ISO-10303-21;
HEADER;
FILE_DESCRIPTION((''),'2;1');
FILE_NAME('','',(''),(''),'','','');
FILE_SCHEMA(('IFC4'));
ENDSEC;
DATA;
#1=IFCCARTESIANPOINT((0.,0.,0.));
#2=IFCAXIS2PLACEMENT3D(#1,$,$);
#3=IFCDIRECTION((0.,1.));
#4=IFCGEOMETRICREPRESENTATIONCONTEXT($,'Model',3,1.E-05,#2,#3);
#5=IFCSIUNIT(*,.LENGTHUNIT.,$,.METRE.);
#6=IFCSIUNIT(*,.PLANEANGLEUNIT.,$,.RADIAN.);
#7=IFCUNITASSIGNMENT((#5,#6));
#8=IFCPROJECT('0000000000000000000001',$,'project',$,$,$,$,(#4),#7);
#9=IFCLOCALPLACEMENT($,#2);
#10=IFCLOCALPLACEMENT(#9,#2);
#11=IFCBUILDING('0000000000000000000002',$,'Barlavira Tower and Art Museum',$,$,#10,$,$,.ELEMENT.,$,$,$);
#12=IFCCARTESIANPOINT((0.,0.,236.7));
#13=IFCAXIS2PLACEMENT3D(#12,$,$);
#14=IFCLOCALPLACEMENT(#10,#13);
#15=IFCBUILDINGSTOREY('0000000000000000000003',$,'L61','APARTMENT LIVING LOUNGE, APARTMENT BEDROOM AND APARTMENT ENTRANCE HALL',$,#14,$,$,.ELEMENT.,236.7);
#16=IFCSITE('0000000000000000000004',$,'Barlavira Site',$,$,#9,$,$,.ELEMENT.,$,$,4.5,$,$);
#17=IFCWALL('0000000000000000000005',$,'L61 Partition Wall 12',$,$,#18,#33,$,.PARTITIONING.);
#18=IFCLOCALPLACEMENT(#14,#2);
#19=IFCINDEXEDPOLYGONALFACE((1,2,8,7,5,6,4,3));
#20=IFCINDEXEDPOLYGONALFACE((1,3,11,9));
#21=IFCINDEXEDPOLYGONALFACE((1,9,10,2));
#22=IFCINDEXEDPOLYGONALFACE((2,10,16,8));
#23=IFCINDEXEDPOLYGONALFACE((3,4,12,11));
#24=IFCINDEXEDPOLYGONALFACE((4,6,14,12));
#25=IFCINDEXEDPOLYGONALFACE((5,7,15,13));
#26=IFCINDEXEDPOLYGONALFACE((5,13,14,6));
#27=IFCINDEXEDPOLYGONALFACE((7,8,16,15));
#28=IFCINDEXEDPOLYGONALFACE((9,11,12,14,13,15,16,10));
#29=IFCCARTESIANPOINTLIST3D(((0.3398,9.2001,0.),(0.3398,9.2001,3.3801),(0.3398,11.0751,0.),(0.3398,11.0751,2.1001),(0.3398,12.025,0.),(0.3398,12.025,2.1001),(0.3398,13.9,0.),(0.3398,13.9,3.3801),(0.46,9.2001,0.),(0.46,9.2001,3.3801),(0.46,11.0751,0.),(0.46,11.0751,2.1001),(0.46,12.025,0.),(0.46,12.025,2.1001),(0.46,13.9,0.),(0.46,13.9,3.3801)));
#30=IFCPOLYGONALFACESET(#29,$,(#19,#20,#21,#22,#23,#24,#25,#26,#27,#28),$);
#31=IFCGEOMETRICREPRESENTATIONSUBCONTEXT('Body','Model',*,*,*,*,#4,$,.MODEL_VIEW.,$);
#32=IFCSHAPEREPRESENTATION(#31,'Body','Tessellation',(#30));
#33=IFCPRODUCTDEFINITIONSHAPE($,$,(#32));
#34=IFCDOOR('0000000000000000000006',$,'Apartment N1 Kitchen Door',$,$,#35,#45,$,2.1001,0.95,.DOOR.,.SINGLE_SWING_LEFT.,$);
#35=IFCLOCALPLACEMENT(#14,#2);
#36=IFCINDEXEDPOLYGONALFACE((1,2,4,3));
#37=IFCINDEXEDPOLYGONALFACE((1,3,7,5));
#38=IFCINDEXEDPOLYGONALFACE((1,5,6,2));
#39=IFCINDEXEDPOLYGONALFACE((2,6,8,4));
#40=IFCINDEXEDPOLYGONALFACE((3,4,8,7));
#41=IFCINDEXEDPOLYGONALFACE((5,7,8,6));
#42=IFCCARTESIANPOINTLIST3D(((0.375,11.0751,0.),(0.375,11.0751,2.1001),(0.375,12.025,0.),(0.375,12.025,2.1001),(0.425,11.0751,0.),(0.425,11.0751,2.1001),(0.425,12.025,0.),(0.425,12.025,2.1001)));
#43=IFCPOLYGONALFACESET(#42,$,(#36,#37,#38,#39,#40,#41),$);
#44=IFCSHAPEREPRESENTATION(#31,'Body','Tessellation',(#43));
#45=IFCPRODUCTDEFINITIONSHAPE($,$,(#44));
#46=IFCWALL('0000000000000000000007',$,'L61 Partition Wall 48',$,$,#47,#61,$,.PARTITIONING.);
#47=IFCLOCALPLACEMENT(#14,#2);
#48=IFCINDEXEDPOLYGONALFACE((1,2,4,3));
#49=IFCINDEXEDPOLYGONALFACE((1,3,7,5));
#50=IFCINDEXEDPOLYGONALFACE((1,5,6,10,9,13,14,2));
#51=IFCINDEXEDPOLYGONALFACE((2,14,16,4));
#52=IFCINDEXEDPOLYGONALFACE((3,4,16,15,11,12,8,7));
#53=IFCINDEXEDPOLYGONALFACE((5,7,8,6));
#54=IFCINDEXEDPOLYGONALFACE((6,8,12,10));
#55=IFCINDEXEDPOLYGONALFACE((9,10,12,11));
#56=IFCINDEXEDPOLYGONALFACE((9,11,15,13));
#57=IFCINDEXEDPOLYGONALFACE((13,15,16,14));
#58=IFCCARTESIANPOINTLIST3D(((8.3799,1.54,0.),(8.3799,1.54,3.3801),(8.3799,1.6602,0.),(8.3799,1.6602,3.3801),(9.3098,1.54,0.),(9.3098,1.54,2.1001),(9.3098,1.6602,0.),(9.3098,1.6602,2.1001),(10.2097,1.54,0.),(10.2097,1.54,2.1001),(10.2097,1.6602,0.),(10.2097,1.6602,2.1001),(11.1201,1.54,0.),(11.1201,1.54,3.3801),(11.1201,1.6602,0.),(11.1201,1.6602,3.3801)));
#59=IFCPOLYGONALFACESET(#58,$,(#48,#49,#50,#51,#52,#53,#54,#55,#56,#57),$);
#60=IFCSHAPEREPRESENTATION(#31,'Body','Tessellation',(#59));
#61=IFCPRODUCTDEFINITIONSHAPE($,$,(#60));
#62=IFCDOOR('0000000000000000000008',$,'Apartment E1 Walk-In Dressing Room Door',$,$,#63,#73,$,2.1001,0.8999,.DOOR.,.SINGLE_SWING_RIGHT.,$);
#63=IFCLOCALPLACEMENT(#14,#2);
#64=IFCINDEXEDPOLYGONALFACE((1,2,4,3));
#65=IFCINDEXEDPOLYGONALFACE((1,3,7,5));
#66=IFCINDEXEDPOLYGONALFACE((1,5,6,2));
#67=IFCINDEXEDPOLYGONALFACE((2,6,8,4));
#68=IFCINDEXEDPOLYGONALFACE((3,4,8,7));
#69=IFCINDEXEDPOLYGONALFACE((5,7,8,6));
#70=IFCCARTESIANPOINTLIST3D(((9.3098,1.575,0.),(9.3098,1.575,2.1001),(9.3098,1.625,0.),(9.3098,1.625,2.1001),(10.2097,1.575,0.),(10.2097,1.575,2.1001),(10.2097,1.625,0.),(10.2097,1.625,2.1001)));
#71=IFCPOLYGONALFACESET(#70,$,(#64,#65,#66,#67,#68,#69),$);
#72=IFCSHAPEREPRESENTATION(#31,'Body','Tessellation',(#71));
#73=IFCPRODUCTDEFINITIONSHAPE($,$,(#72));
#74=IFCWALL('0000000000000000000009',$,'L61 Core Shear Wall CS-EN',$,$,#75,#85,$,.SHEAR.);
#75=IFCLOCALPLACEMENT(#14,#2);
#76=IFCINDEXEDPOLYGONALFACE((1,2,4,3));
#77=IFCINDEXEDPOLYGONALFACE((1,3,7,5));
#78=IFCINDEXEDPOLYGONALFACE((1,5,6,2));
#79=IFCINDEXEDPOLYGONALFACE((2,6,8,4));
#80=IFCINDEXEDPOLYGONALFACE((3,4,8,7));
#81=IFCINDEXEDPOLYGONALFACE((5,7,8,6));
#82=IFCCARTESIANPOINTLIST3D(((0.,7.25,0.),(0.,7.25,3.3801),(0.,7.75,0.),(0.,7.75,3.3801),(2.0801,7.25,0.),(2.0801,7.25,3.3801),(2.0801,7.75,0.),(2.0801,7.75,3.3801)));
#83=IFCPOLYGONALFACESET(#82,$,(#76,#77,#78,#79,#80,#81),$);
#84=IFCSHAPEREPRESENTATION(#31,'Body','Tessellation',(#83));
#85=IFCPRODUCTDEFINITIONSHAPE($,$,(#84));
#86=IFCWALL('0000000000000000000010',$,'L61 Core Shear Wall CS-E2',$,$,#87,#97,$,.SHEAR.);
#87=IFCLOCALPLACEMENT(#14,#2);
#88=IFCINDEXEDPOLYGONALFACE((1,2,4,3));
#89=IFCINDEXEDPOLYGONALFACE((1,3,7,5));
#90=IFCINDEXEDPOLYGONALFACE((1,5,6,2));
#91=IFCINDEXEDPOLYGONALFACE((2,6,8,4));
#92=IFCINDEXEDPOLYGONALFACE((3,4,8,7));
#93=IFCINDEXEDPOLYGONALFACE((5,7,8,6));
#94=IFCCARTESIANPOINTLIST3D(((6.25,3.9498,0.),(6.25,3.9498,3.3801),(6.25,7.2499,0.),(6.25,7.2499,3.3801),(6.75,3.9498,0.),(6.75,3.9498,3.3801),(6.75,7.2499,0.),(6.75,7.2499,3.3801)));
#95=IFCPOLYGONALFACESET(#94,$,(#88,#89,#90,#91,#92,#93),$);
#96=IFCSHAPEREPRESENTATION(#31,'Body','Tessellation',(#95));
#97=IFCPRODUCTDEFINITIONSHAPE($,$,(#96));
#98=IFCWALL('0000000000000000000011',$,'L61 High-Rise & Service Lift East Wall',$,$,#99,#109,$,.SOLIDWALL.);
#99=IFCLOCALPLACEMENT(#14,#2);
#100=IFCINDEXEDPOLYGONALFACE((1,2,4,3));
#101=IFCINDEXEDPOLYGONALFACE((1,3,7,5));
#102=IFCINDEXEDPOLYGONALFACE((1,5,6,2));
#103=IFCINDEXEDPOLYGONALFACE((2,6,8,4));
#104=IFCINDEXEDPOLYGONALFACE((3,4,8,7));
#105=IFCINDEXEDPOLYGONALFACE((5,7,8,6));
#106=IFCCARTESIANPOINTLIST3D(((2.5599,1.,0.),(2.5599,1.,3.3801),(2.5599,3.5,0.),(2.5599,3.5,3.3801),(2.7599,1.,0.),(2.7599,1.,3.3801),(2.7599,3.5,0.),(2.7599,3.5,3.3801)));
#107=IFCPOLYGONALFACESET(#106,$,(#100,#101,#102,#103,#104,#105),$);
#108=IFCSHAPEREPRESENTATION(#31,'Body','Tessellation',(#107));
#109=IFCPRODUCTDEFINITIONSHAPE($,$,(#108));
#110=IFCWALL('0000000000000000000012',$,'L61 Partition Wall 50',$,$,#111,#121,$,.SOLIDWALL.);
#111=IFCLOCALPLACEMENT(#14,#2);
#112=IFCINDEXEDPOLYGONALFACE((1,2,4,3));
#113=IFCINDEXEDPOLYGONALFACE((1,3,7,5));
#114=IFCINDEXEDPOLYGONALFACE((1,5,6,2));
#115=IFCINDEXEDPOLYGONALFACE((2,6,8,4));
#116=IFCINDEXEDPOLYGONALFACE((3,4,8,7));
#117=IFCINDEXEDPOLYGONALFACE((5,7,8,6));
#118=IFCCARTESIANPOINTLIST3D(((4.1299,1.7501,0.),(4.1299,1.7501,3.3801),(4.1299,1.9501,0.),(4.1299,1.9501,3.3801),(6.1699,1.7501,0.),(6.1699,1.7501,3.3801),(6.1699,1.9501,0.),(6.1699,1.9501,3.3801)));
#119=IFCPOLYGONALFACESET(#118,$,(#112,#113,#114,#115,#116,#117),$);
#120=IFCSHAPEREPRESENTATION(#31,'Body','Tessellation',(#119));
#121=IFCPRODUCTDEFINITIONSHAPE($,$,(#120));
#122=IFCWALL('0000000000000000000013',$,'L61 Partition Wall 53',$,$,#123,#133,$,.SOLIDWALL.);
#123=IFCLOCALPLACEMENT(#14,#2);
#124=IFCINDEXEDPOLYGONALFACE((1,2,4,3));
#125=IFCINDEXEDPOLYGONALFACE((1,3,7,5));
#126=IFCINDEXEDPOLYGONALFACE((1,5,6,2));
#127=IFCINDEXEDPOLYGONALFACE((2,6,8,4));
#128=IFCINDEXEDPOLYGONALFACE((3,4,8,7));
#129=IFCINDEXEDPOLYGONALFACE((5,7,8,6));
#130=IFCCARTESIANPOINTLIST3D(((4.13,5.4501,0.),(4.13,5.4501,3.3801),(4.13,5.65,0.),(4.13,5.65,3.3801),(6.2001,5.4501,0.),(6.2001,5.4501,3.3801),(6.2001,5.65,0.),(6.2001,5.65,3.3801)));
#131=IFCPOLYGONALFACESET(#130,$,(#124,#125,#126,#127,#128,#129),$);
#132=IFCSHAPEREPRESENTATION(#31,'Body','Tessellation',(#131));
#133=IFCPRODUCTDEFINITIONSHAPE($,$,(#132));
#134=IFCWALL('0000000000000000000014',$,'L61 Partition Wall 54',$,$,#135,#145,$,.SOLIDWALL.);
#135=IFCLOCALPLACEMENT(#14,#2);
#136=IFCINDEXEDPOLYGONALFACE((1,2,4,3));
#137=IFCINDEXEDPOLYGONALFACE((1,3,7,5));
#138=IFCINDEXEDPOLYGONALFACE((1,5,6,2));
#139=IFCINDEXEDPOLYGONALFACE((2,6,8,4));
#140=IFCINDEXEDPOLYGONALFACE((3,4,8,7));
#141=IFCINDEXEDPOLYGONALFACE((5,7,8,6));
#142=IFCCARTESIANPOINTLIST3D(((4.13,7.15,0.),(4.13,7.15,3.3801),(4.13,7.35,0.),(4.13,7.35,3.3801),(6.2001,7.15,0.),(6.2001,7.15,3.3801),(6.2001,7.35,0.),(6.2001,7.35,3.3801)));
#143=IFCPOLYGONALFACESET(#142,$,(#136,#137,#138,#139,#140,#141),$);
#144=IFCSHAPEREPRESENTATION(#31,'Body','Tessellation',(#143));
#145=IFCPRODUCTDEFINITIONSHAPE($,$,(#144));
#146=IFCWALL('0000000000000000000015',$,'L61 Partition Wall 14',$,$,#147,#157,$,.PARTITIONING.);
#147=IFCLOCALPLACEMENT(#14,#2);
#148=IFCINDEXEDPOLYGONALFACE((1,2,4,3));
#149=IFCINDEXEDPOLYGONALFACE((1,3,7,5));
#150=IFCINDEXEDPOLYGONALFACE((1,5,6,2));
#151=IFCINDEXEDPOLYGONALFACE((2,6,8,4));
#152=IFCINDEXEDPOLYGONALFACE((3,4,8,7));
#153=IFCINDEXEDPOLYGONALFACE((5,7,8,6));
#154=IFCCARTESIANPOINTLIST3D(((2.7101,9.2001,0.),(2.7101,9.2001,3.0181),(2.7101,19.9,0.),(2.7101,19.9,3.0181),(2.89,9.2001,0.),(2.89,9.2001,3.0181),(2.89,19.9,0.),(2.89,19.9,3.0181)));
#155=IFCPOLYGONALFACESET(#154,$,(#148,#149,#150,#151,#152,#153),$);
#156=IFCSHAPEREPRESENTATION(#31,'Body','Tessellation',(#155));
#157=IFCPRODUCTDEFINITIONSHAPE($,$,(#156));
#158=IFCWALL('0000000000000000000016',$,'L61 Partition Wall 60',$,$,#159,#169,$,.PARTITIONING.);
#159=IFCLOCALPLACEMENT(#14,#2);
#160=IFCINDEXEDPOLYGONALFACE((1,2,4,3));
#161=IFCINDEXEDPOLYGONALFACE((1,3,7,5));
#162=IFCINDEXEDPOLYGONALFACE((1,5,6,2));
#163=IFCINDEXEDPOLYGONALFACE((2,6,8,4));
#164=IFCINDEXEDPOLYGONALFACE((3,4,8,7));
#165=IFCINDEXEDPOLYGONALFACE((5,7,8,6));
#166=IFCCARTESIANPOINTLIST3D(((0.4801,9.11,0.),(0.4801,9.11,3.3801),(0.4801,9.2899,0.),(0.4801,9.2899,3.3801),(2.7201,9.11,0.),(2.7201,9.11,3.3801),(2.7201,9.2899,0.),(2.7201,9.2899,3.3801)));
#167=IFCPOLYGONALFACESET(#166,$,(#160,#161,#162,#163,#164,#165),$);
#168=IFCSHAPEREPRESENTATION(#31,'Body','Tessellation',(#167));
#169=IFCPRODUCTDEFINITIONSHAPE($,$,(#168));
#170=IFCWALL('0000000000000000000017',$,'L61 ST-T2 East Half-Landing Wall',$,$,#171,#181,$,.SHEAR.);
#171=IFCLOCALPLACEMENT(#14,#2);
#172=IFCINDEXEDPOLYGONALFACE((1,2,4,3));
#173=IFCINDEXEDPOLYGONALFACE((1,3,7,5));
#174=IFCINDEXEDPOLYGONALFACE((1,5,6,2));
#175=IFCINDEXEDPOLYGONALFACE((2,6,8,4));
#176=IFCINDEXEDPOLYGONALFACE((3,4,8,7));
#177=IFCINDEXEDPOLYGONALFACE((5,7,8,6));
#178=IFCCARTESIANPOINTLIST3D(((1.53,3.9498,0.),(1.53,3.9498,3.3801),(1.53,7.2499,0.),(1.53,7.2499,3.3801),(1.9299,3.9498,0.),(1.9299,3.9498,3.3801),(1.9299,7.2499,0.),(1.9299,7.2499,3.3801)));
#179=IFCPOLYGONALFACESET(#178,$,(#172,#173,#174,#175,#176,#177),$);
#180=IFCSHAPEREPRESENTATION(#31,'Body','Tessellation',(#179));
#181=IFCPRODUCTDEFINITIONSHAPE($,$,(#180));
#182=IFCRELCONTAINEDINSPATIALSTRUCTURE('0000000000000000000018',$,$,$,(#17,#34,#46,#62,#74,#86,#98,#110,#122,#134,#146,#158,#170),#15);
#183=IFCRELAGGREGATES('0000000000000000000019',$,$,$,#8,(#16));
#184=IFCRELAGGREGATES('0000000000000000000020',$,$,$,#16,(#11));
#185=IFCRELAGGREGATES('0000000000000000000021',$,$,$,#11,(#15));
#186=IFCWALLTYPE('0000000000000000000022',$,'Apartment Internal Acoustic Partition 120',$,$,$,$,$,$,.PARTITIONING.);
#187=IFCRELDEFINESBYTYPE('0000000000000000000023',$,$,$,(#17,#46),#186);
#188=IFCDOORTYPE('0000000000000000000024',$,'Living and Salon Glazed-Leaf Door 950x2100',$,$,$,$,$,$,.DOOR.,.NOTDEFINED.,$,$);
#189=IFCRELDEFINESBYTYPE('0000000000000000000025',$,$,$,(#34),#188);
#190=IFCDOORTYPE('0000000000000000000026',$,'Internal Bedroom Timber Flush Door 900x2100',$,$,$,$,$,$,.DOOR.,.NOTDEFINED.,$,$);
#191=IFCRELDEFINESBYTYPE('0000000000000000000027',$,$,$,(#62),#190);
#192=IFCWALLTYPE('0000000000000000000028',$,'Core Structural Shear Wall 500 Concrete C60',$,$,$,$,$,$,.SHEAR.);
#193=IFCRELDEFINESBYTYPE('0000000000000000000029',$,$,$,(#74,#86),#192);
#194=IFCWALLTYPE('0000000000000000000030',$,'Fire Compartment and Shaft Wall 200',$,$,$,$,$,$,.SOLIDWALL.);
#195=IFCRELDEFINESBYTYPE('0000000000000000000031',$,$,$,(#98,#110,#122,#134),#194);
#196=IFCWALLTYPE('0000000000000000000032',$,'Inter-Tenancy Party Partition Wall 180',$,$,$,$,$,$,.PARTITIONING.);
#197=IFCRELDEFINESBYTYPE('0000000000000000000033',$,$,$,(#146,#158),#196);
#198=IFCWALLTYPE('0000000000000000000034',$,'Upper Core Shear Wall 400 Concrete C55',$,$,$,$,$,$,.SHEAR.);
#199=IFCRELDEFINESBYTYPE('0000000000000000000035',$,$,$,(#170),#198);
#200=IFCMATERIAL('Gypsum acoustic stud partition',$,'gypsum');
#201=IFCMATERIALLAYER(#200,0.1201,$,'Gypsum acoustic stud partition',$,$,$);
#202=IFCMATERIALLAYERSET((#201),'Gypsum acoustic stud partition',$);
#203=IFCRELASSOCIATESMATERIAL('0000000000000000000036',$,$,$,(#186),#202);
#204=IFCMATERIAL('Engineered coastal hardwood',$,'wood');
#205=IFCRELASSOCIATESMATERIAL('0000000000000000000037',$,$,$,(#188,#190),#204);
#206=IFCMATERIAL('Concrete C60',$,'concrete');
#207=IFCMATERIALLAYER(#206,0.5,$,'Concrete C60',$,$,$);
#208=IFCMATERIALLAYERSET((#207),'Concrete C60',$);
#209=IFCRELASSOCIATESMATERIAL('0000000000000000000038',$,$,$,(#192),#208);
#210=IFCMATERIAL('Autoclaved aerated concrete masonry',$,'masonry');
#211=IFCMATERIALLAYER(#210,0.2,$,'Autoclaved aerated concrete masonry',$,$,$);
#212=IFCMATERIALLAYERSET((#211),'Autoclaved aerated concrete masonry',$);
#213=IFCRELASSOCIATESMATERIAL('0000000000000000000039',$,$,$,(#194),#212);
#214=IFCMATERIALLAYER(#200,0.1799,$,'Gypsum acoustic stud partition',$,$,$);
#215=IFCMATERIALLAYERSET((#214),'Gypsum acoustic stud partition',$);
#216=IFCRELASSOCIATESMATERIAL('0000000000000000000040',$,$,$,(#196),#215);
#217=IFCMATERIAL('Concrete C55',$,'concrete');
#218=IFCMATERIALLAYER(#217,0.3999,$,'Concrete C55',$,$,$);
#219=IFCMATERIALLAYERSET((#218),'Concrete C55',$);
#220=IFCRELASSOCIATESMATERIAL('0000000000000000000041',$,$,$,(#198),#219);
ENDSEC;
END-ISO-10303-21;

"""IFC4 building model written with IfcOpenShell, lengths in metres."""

from ifc_helpers import new_model, si_unit, direction, frame, frame_2d, origin, place, context, subcontext, project, spatial, rectangle, extrude, material, layer, layer_set, type_object, element, fill, save


model = new_model("IFC4")

# Units and contexts
model_context = context("Model", 3, precision=1e-05, world=origin(), true_north=direction((0.0, 1.0)))
body_context = subcontext(model_context, "Body", "Model", "MODEL_VIEW")
ifc_project = project(units=[si_unit("LENGTHUNIT", "METRE"), si_unit("PLANEANGLEUNIT", "RADIAN")], contexts=[model_context])

# Site, building, storey
site_placement = place(None, origin())
site = spatial("IfcSite", under=ifc_project, at=site_placement, Name="Barlavira Site", CompositionType="ELEMENT", RefElevation=4.5)
building_placement = place(site_placement, origin())
building = spatial("IfcBuilding", under=site, at=building_placement, Name="Barlavira Tower and Art Museum", CompositionType="ELEMENT")
storey_placement = place(building_placement, frame((0.0, 0.0, 236.7)))
storey = spatial("IfcBuildingStorey", under=building, at=storey_placement, Name="L61", Description="APARTMENT LIVING LOUNGE, APARTMENT BEDROOM AND APARTMENT ENTRANCE HALL", CompositionType="ELEMENT", Elevation=236.7)

# Walls, openings, doors
ifc_material_1 = material(Name="Gypsum acoustic stud partition", Category="gypsum")
ifc_layer_1 = layer(ifc_material_1, 0.1201, Name="Gypsum acoustic stud partition")
ifc_layer_set_1 = layer_set([ifc_layer_1], Name="Gypsum acoustic stud partition")
wall_type_1 = type_object("IfcWallType", Name="Apartment Internal Acoustic Partition 120", PredefinedType="PARTITIONING", material=ifc_layer_set_1)
wall_1_placement = place(storey_placement, frame((0.3999, 9.2, 0.0), z_axis=(0.0, 0.0, 1.0), x_axis=(0.0, 1.0, 0.0)))
wall_1 = element("IfcWall", 1, at=wall_1_placement, inside=storey, type_object=wall_type_1, Name="L61 Partition Wall 12", PredefinedType="PARTITIONING", context=body_context, shape_type="SweptSolid", body=[
    extrude(rectangle(XDim=4.7, YDim=0.1201, at=frame_2d((2.3501, 0.0))), origin(), (0.0, 0.0, 1.0), 3.3801),
])
opening_1_placement = place(wall_1_placement, frame((1.875, 0.0, 0.0)))
opening_1 = element("IfcOpeningElement", 2, at=opening_1_placement, cuts=wall_1, PredefinedType="OPENING", context=body_context, shape_type="SweptSolid", body=[
    extrude(rectangle(XDim=0.95, YDim=2.1001, at=frame_2d((0.4751, 1.05))), frame((0.0, 0.0701, 0.0), z_axis=(0.0, -1.0, 0.0), x_axis=(1.0, 0.0, 0.0)), (0.0, 0.0, 1.0), 0.1401),
])
ifc_material_2 = material(Name="Engineered coastal hardwood", Category="wood")
door_type_1 = type_object("IfcDoorType", Name="Living and Salon Glazed-Leaf Door 950x2100", OperationType="NOTDEFINED", PredefinedType="DOOR", material=ifc_material_2)
door_1_placement = place(opening_1_placement, origin())
door_1 = element("IfcDoor", 3, at=door_1_placement, inside=storey, type_object=door_type_1, Name="Apartment N1 Kitchen Door", OperationType="SINGLE_SWING_LEFT", OverallHeight=2.1001, OverallWidth=0.95, PredefinedType="DOOR", context=body_context, shape_type="SweptSolid", body=[
    extrude(rectangle(XDim=0.95, YDim=2.1001, at=frame_2d((0.4751, 1.05))), frame((0.0, 0.0249, 0.0), z_axis=(0.0, -1.0, 0.0), x_axis=(1.0, 0.0, 0.0)), (0.0, 0.0, 1.0), 0.05),
])
fill(opening_1, door_1)
wall_2_placement = place(storey_placement, frame((8.3799, 1.6001, 0.0), z_axis=(0.0, 0.0, 1.0), x_axis=(1.0, 0.0, 0.0)))
wall_2 = element("IfcWall", 4, at=wall_2_placement, inside=storey, type_object=wall_type_1, Name="L61 Partition Wall 48", PredefinedType="PARTITIONING", context=body_context, shape_type="SweptSolid", body=[
    extrude(rectangle(XDim=2.7402, YDim=0.1201, at=frame_2d((1.3701, 0.0))), origin(), (0.0, 0.0, 1.0), 3.3801),
])
opening_2_placement = place(wall_2_placement, frame((0.9299, 0.0, 0.0)))
opening_2 = element("IfcOpeningElement", 5, at=opening_2_placement, cuts=wall_2, PredefinedType="OPENING", context=body_context, shape_type="SweptSolid", body=[
    extrude(rectangle(XDim=0.8999, YDim=2.1001, at=frame_2d((0.45, 1.05))), frame((0.0, 0.0701, 0.0), z_axis=(0.0, -1.0, 0.0), x_axis=(1.0, 0.0, 0.0)), (0.0, 0.0, 1.0), 0.1401),
])
door_type_2 = type_object("IfcDoorType", Name="Internal Bedroom Timber Flush Door 900x2100", OperationType="NOTDEFINED", PredefinedType="DOOR", material=ifc_material_2)
door_2_placement = place(opening_2_placement, origin())
door_2 = element("IfcDoor", 6, at=door_2_placement, inside=storey, type_object=door_type_2, Name="Apartment E1 Walk-In Dressing Room Door", OperationType="SINGLE_SWING_RIGHT", OverallHeight=2.1001, OverallWidth=0.8999, PredefinedType="DOOR", context=body_context, shape_type="SweptSolid", body=[
    extrude(rectangle(XDim=0.8999, YDim=2.1001, at=frame_2d((0.45, 1.05))), frame((0.0, 0.0249, 0.0), z_axis=(0.0, -1.0, 0.0), x_axis=(1.0, 0.0, 0.0)), (0.0, 0.0, 1.0), 0.05),
])
fill(opening_2, door_2)

# Walls
ifc_material_3 = material(Name="Concrete C60", Category="concrete")
ifc_layer_2 = layer(ifc_material_3, 0.5, Name="Concrete C60")
ifc_layer_set_2 = layer_set([ifc_layer_2], Name="Concrete C60")
wall_type_2 = type_object("IfcWallType", Name="Core Structural Shear Wall 500 Concrete C60", PredefinedType="SHEAR", material=ifc_layer_set_2)
wall_3_placement = place(storey_placement, frame((0.0, 7.5, 0.0), z_axis=(0.0, 0.0, 1.0), x_axis=(1.0, 0.0, 0.0)))
element("IfcWall", 7, at=wall_3_placement, inside=storey, type_object=wall_type_2, Name="L61 Core Shear Wall CS-EN", PredefinedType="SHEAR", context=body_context, shape_type="SweptSolid", body=[
    extrude(rectangle(XDim=2.0801, YDim=0.5, at=frame_2d((1.04, 0.0))), origin(), (0.0, 0.0, 1.0), 3.3801),
])
wall_4_placement = place(storey_placement, frame((6.5, 3.95, 0.0), z_axis=(0.0, 0.0, 1.0), x_axis=(0.0, 1.0, 0.0)))
element("IfcWall", 8, at=wall_4_placement, inside=storey, type_object=wall_type_2, Name="L61 Core Shear Wall CS-E2", PredefinedType="SHEAR", context=body_context, shape_type="SweptSolid", body=[
    extrude(rectangle(XDim=3.3, YDim=0.5, at=frame_2d((1.6499, 0.0))), origin(), (0.0, 0.0, 1.0), 3.3801),
])
ifc_material_4 = material(Name="Autoclaved aerated concrete masonry", Category="masonry")
ifc_layer_3 = layer(ifc_material_4, 0.2, Name="Autoclaved aerated concrete masonry")
ifc_layer_set_3 = layer_set([ifc_layer_3], Name="Autoclaved aerated concrete masonry")
wall_type_3 = type_object("IfcWallType", Name="Fire Compartment and Shaft Wall 200", PredefinedType="SOLIDWALL", material=ifc_layer_set_3)
wall_5_placement = place(storey_placement, frame((2.6599, 1.0, 0.0), z_axis=(0.0, 0.0, 1.0), x_axis=(0.0, 1.0, 0.0)))
element("IfcWall", 9, at=wall_5_placement, inside=storey, type_object=wall_type_3, Name="L61 High-Rise & Service Lift East Wall", PredefinedType="SOLIDWALL", context=body_context, shape_type="SweptSolid", body=[
    extrude(rectangle(XDim=2.5, YDim=0.2, at=frame_2d((1.25, 0.0))), origin(), (0.0, 0.0, 1.0), 3.3801),
])

# Walls
wall_6_placement = place(storey_placement, frame((4.1299, 1.8501, 0.0), z_axis=(0.0, 0.0, 1.0), x_axis=(1.0, 0.0, 0.0)))
element("IfcWall", 10, at=wall_6_placement, inside=storey, type_object=wall_type_3, Name="L61 Partition Wall 50", PredefinedType="SOLIDWALL", context=body_context, shape_type="SweptSolid", body=[
    extrude(rectangle(XDim=2.04, YDim=0.2, at=frame_2d((1.02, 0.0))), origin(), (0.0, 0.0, 1.0), 3.3801),
])
for number, where, z_axis, x_axis, name in (
    (11, (4.1299, 5.55, 0.0), (0.0, 0.0, 1.0), (1.0, 0.0, 0.0), "L61 Partition Wall 53"),
    (12, (4.1299, 7.25, 0.0), (0.0, 0.0, 1.0), (1.0, 0.0, 0.0), "L61 Partition Wall 54"),
):
    element("IfcWall", number, at=place(storey_placement, frame(where, z_axis=z_axis, x_axis=x_axis)), inside=storey, type_object=wall_type_3, Name=name, PredefinedType="SOLIDWALL", context=body_context, shape_type="SweptSolid", body=[
        extrude(rectangle(XDim=2.0701, YDim=0.2, at=frame_2d((1.0352, 0.0))), origin(), (0.0, 0.0, 1.0), 3.3801),
    ])
ifc_layer_4 = layer(ifc_material_1, 0.1799, Name="Gypsum acoustic stud partition")
ifc_layer_set_4 = layer_set([ifc_layer_4], Name="Gypsum acoustic stud partition")
wall_type_4 = type_object("IfcWallType", Name="Inter-Tenancy Party Partition Wall 180", PredefinedType="PARTITIONING", material=ifc_layer_set_4)
wall_7_placement = place(storey_placement, frame((2.8, 9.2, 0.0), z_axis=(0.0, 0.0, 1.0), x_axis=(0.0, 1.0, 0.0)))
element("IfcWall", 13, at=wall_7_placement, inside=storey, type_object=wall_type_4, Name="L61 Partition Wall 14", PredefinedType="PARTITIONING", context=body_context, shape_type="SweptSolid", body=[
    extrude(rectangle(XDim=10.7, YDim=0.1799, at=frame_2d((5.3501, 0.0))), origin(), (0.0, 0.0, 1.0), 3.0181),
])
wall_8_placement = place(storey_placement, frame((0.48, 9.2, 0.0), z_axis=(0.0, 0.0, 1.0), x_axis=(1.0, 0.0, 0.0)))
element("IfcWall", 14, at=wall_8_placement, inside=storey, type_object=wall_type_4, Name="L61 Partition Wall 60", PredefinedType="PARTITIONING", context=body_context, shape_type="SweptSolid", body=[
    extrude(rectangle(XDim=2.24, YDim=0.1799, at=frame_2d((1.1201, 0.0))), origin(), (0.0, 0.0, 1.0), 3.3801),
])
ifc_material_5 = material(Name="Concrete C55", Category="concrete")
ifc_layer_5 = layer(ifc_material_5, 0.3999, Name="Concrete C55")
ifc_layer_set_5 = layer_set([ifc_layer_5], Name="Concrete C55")
wall_type_5 = type_object("IfcWallType", Name="Upper Core Shear Wall 400 Concrete C55", PredefinedType="SHEAR", material=ifc_layer_set_5)
wall_9_placement = place(storey_placement, frame((1.73, 3.95, 0.0), z_axis=(0.0, 0.0, 1.0), x_axis=(0.0, 1.0, 0.0)))
element("IfcWall", 15, at=wall_9_placement, inside=storey, type_object=wall_type_5, Name="L61 ST-T2 East Half-Landing Wall", PredefinedType="SHEAR", context=body_context, shape_type="SweptSolid", body=[
    extrude(rectangle(XDim=3.3, YDim=0.3999, at=frame_2d((1.6499, 0.0))), origin(), (0.0, 0.0, 1.0), 3.3801),
])

save(model, "model.ifc")
